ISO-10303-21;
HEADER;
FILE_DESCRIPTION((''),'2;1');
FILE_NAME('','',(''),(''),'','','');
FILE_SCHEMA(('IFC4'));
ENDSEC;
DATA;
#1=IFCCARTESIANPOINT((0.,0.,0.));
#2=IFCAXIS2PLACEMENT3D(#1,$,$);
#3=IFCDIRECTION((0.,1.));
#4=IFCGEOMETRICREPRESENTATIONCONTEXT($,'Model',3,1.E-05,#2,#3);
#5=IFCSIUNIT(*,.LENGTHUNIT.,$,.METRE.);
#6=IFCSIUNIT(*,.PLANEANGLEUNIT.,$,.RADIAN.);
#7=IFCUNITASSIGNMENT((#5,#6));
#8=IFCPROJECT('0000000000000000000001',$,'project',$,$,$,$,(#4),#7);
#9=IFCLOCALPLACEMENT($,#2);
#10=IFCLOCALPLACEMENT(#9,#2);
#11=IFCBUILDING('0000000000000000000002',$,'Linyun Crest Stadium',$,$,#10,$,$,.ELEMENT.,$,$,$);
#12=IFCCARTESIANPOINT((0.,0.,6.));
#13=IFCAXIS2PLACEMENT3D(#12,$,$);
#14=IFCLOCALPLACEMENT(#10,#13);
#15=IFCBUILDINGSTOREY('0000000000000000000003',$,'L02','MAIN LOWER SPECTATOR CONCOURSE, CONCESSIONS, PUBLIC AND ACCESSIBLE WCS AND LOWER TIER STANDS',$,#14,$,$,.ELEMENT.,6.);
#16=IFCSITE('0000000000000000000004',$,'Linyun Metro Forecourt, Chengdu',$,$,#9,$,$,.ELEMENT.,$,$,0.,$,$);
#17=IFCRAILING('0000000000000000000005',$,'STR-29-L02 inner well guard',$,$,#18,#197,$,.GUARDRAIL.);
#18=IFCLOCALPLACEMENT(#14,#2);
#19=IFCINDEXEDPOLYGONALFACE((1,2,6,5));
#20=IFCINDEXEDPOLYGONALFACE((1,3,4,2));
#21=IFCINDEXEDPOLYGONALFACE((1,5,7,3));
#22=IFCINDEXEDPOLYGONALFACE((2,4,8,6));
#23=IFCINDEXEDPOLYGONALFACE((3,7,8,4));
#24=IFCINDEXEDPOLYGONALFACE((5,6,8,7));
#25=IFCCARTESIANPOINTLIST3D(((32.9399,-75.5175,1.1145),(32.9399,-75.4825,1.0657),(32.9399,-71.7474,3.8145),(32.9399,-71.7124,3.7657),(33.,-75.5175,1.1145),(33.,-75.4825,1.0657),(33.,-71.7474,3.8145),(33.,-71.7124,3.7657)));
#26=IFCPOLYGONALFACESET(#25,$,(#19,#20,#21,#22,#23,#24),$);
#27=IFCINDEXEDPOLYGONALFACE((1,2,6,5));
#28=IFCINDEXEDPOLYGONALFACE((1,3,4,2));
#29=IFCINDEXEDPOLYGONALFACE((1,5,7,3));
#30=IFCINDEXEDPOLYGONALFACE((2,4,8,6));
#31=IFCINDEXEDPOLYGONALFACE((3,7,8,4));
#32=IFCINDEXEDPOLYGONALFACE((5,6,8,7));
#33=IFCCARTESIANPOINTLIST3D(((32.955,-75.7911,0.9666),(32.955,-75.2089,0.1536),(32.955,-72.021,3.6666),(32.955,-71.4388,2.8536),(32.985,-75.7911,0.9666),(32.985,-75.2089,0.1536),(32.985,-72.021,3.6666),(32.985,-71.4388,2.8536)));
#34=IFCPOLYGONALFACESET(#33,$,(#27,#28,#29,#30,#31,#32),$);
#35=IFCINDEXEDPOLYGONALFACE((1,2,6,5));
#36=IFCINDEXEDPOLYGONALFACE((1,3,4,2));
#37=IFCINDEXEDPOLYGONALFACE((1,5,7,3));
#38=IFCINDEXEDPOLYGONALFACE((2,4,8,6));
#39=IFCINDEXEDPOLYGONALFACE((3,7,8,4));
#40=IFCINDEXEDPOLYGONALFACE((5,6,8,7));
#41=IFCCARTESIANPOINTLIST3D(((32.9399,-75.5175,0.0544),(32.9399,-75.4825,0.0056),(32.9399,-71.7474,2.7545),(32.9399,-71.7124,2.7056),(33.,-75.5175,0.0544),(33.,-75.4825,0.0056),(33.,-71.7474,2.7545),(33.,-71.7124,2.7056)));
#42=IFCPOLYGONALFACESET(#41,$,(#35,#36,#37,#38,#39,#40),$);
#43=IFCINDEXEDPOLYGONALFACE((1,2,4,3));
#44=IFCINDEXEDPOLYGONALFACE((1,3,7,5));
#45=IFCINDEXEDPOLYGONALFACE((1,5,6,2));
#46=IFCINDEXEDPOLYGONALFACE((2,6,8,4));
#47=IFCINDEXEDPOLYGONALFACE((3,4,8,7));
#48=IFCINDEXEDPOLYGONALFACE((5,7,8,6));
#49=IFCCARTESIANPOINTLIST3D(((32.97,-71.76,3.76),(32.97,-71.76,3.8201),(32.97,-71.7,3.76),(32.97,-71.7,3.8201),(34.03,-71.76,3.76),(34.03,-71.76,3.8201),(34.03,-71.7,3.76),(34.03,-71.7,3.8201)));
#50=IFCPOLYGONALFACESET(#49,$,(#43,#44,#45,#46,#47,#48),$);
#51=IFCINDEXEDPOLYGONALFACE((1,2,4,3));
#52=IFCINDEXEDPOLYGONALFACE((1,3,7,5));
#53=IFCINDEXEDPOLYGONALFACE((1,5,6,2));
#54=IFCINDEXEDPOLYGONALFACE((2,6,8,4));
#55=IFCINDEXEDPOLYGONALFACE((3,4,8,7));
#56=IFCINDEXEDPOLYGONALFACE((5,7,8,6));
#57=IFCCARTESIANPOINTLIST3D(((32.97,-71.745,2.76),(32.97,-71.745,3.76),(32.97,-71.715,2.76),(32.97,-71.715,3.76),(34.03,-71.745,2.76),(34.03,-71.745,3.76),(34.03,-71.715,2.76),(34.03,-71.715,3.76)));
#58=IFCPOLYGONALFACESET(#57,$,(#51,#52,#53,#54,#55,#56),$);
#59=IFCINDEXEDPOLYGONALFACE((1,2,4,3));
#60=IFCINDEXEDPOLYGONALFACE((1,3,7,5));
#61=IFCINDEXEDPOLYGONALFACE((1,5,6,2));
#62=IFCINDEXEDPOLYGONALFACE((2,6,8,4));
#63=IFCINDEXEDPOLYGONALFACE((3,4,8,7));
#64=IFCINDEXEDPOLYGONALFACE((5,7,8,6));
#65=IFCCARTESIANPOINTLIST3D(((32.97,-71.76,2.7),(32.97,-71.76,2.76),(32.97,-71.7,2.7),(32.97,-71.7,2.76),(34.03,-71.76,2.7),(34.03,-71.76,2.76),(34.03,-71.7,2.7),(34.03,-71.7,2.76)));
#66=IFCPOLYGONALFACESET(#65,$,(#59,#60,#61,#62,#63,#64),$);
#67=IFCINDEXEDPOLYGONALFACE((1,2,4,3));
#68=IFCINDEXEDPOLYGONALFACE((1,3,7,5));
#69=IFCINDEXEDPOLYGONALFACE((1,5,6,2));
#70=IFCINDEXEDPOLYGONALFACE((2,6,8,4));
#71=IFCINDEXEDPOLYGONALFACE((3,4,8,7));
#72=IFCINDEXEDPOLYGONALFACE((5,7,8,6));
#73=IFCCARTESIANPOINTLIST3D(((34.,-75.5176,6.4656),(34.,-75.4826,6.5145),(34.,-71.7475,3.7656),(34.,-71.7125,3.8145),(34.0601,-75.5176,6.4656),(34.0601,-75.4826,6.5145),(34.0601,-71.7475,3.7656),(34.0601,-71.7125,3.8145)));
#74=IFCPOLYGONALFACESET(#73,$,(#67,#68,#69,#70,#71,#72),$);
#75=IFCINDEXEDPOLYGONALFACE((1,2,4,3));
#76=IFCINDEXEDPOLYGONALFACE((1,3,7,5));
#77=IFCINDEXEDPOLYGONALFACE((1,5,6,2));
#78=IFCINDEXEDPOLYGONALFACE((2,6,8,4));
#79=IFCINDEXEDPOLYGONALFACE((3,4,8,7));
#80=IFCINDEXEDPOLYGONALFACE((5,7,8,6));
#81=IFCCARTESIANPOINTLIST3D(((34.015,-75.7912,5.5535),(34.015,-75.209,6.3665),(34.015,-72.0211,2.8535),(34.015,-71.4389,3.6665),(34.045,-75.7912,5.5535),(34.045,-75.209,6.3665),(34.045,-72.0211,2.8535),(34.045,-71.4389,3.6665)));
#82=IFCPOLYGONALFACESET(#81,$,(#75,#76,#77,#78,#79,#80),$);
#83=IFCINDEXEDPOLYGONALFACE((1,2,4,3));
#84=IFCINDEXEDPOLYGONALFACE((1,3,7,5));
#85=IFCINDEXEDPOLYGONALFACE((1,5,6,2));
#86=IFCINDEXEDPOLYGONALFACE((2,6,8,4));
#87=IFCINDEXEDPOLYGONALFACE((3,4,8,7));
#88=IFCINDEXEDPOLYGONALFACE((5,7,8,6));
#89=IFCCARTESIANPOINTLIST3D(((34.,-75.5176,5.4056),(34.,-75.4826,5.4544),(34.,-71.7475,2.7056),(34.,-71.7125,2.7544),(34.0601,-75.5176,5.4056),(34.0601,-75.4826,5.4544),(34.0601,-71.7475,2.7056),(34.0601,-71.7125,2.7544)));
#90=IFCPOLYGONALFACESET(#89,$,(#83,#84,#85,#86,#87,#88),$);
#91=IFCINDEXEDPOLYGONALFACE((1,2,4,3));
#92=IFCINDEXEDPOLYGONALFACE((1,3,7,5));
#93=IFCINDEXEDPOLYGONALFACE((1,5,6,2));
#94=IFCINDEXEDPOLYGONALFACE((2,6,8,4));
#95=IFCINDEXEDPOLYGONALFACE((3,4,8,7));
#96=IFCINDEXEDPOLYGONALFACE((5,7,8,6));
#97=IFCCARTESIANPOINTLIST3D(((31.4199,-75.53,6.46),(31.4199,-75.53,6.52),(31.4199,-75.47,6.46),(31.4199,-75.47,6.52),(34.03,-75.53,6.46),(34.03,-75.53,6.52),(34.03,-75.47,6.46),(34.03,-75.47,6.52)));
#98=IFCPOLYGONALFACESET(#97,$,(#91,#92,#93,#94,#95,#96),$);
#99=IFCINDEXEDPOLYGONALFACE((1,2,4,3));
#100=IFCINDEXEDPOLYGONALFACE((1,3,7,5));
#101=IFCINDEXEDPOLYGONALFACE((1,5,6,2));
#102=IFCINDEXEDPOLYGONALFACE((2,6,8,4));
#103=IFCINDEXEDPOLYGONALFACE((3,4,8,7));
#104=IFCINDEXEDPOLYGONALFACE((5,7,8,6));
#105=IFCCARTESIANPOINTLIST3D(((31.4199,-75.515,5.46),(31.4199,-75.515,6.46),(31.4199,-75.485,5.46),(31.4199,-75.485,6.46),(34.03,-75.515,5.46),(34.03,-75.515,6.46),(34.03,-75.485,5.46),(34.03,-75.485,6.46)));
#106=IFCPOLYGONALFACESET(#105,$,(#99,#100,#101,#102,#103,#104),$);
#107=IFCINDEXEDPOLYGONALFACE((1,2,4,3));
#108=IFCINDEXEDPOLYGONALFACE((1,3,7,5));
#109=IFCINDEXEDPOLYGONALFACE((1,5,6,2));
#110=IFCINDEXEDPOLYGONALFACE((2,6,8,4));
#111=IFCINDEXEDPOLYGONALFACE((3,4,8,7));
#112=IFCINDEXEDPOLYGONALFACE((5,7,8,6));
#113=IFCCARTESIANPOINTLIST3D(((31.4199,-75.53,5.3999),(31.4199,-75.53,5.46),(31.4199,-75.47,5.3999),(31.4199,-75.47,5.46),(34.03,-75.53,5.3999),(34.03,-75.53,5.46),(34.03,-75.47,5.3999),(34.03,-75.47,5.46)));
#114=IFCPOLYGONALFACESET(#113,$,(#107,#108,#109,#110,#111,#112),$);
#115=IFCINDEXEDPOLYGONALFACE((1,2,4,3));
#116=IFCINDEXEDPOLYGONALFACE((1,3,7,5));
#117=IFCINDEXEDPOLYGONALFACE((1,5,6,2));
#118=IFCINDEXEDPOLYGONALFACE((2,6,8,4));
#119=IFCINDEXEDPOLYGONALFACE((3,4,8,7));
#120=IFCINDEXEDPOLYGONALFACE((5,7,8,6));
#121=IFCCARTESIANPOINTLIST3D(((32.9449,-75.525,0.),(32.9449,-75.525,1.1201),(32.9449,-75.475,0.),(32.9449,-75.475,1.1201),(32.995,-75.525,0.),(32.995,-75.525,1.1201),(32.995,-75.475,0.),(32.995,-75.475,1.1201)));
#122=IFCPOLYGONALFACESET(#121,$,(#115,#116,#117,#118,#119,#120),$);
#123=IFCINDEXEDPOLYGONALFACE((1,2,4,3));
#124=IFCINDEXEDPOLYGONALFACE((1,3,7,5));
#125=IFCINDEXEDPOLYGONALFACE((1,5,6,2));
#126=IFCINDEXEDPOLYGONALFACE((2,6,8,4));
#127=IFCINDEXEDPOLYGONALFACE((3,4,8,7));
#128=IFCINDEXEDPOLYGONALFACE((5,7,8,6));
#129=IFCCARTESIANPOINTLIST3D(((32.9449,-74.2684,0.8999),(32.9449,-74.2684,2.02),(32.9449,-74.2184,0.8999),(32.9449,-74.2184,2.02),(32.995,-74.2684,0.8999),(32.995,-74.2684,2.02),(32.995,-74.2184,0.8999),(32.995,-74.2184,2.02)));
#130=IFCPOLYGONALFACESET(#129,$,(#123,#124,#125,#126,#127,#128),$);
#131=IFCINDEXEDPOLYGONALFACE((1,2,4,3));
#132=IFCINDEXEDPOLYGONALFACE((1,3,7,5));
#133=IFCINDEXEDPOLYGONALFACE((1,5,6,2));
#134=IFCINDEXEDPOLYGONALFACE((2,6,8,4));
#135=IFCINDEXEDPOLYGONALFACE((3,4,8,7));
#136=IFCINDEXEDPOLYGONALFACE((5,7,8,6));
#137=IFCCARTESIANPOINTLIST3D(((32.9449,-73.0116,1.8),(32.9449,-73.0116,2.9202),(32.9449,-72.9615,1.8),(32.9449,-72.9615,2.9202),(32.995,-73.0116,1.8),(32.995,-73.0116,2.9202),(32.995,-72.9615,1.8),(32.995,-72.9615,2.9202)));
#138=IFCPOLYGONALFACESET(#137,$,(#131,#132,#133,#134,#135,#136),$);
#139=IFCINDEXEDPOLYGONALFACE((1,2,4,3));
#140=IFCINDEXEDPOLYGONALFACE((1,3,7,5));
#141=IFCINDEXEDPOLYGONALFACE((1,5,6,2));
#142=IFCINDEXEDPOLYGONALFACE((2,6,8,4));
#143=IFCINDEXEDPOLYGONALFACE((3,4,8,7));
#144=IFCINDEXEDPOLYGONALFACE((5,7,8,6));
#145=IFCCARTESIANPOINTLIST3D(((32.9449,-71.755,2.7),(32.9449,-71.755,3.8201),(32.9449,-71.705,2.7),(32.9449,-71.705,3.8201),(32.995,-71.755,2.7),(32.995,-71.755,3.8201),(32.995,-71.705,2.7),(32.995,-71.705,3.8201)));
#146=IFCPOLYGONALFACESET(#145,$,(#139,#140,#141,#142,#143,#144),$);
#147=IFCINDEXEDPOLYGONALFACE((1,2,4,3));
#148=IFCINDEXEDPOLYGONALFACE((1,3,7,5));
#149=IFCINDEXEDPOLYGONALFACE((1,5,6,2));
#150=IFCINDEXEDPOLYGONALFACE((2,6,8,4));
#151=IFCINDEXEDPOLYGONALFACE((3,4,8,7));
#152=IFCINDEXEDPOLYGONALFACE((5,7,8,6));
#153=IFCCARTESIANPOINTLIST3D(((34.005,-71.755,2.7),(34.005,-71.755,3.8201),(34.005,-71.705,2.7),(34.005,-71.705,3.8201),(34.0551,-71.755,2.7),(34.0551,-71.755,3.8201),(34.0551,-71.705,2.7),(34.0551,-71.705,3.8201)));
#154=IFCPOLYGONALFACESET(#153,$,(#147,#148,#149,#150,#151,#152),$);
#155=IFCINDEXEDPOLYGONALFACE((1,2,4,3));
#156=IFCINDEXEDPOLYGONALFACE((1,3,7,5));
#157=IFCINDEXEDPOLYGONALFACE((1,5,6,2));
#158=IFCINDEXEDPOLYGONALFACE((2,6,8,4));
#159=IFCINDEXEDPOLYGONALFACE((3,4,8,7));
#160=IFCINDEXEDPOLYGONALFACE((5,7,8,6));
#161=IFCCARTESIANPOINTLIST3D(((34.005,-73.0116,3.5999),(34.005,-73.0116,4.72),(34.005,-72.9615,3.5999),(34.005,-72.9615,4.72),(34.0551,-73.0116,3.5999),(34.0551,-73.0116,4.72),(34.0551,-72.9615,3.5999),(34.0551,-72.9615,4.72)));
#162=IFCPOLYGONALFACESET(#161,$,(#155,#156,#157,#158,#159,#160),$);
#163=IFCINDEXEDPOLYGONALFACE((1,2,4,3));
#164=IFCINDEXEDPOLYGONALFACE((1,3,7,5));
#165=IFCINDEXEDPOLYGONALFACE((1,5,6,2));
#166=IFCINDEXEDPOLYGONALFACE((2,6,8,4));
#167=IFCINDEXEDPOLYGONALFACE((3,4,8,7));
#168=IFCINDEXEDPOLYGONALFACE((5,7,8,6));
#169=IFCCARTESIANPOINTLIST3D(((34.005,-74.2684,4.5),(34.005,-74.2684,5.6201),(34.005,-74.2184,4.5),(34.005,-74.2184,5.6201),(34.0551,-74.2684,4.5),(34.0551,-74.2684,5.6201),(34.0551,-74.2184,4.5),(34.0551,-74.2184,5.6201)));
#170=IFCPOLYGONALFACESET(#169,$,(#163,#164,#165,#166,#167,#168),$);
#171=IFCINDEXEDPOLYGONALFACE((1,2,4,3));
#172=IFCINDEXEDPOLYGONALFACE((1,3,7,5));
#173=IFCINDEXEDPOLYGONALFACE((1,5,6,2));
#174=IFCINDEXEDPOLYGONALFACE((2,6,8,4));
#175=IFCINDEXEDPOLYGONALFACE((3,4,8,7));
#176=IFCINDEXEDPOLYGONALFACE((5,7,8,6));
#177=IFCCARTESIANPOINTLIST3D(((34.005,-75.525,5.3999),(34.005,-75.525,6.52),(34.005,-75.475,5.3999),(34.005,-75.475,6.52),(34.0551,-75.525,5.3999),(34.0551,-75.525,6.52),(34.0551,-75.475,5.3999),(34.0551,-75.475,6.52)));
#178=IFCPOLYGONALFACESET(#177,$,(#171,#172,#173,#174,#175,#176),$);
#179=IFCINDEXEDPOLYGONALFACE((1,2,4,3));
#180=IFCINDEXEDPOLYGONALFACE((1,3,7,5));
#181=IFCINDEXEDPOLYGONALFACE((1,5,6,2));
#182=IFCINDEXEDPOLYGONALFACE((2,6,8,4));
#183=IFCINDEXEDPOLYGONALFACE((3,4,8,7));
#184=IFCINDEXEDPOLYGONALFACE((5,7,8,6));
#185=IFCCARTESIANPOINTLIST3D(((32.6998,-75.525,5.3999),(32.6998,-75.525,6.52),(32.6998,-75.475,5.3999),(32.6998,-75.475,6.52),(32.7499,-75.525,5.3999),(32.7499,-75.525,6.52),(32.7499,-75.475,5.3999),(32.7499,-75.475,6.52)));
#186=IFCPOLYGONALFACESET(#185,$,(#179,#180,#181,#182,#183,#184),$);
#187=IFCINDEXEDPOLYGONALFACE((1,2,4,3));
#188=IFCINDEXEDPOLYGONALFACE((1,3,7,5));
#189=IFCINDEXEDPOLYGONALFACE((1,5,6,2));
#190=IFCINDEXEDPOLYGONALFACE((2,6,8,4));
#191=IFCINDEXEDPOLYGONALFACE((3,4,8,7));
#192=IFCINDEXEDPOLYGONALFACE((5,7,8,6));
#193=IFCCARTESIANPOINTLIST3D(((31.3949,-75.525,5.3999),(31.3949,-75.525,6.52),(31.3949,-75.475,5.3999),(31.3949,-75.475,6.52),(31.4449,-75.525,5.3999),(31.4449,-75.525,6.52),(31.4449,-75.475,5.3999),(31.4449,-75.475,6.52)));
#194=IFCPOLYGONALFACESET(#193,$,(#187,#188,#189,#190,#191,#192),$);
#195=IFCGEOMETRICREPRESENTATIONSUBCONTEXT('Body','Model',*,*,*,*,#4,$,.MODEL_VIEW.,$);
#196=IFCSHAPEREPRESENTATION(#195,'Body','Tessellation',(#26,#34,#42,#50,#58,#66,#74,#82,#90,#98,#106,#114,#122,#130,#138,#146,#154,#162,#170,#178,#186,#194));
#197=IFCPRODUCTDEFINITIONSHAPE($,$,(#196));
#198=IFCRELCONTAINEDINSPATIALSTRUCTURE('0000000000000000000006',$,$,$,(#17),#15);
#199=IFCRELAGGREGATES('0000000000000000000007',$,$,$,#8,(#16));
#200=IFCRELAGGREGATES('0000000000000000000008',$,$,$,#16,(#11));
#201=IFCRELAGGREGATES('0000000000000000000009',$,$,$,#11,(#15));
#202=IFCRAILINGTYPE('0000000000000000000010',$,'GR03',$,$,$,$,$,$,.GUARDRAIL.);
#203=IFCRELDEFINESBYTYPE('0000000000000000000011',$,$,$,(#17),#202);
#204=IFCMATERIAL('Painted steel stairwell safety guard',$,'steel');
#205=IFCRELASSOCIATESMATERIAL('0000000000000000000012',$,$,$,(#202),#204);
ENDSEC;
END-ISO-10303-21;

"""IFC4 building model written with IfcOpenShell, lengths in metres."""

from ifc_helpers import new_model, si_unit, direction, frame, origin, origin_2d, place, context, subcontext, project, spatial, rectangle, extrude, material, type_object, element, save


model = new_model("IFC4")

# Units and contexts
model_context = context("Model", 3, precision=1e-05, world=origin(), true_north=direction((0.0, 1.0)))
body_context = subcontext(model_context, "Body", "Model", "MODEL_VIEW")
ifc_project = project(units=[si_unit("LENGTHUNIT", "METRE"), si_unit("PLANEANGLEUNIT", "RADIAN")], contexts=[model_context])

# Site, building, storey
site_placement = place(None, origin())
site = spatial("IfcSite", under=ifc_project, at=site_placement, Name="Linyun Metro Forecourt, Chengdu", CompositionType="ELEMENT", RefElevation=0.0)
building_placement = place(site_placement, origin())
building = spatial("IfcBuilding", under=site, at=building_placement, Name="Linyun Crest Stadium", CompositionType="ELEMENT")
storey_placement = place(building_placement, frame((0.0, 0.0, 6.0)))
storey = spatial("IfcBuildingStorey", under=building, at=storey_placement, Name="L02", Description="MAIN LOWER SPECTATOR CONCOURSE, CONCESSIONS, PUBLIC AND ACCESSIBLE WCS AND LOWER TIER STANDS", CompositionType="ELEMENT", Elevation=6.0)

# Railing
ifc_material_1 = material(Name="Painted steel stairwell safety guard", Category="steel")
railing_type_1 = type_object("IfcRailingType", Name="GR03", PredefinedType="GUARDRAIL", material=ifc_material_1)
railing_1_placement = place(storey_placement, frame((32.97, -75.5, 0.0)))
element("IfcRailing", 1, at=railing_1_placement, inside=storey, type_object=railing_type_1, Name="STR-29-L02 inner well guard", PredefinedType="GUARDRAIL", context=body_context, shape_type="SweptSolid", body=[
    extrude(rectangle(XDim=0.0601, YDim=0.0601, at=origin_2d()), frame((0.0, 0.0, 1.0901), z_axis=(0.0, 0.813011, 0.582249), x_axis=(-1.0, 0.0, 0.0)), (0.0, 0.0, 1.0), 4.6372),
    extrude(rectangle(XDim=0.03, YDim=1.0, at=origin_2d()), frame((0.0, 0.0, 0.5601), z_axis=(0.0, 0.813011, 0.582249), x_axis=(-1.0, 0.0, 0.0)), (0.0, 0.0, 1.0), 4.6372),
    extrude(rectangle(XDim=0.0601, YDim=0.0601, at=origin_2d()), frame((0.0, 0.0, 0.03), z_axis=(0.0, 0.813011, 0.582249), x_axis=(-1.0, 0.0, 0.0)), (0.0, 0.0, 1.0), 4.6372),
    extrude(rectangle(XDim=0.0601, YDim=0.0601, at=origin_2d()), frame((0.0, 3.77, 3.79), z_axis=(1.0, 0.0, 0.0), x_axis=(0.0, 1.0, 0.0)), (0.0, 0.0, 1.0), 1.0601),
    extrude(rectangle(XDim=0.03, YDim=1.0, at=origin_2d()), frame((0.0, 3.77, 3.26), z_axis=(1.0, 0.0, 0.0), x_axis=(0.0, 1.0, 0.0)), (0.0, 0.0, 1.0), 1.0601),
    extrude(rectangle(XDim=0.0601, YDim=0.0601, at=origin_2d()), frame((0.0, 3.77, 2.73), z_axis=(1.0, 0.0, 0.0), x_axis=(0.0, 1.0, 0.0)), (0.0, 0.0, 1.0), 1.0601),
    extrude(rectangle(XDim=0.0601, YDim=0.0601, at=origin_2d()), frame((1.0601, 3.77, 3.79), z_axis=(0.0, -0.813011, 0.582249), x_axis=(1.0, 0.0, 0.0)), (0.0, 0.0, 1.0), 4.6372),
    extrude(rectangle(XDim=0.03, YDim=1.0, at=origin_2d()), frame((1.0601, 3.77, 3.26), z_axis=(0.0, -0.813011, 0.582249), x_axis=(1.0, 0.0, 0.0)), (0.0, 0.0, 1.0), 4.6372),
    extrude(rectangle(XDim=0.0601, YDim=0.0601, at=origin_2d()), frame((1.0601, 3.77, 2.73), z_axis=(0.0, -0.813011, 0.582249), x_axis=(1.0, 0.0, 0.0)), (0.0, 0.0, 1.0), 4.6372),
    extrude(rectangle(XDim=0.0601, YDim=0.0601, at=origin_2d()), frame((1.0601, 0.0, 6.49), z_axis=(-1.0, 0.0, 0.0), x_axis=(0.0, -1.0, 0.0)), (0.0, 0.0, 1.0), 2.6101),
    extrude(rectangle(XDim=0.03, YDim=1.0, at=origin_2d()), frame((1.0601, 0.0, 5.96), z_axis=(-1.0, 0.0, 0.0), x_axis=(0.0, -1.0, 0.0)), (0.0, 0.0, 1.0), 2.6101),
    extrude(rectangle(XDim=0.0601, YDim=0.0601, at=origin_2d()), frame((1.0601, 0.0, 5.4299), z_axis=(-1.0, 0.0, 0.0), x_axis=(0.0, -1.0, 0.0)), (0.0, 0.0, 1.0), 2.6101),
    extrude(rectangle(XDim=0.05, YDim=0.05, at=origin_2d()), origin(), (0.0, 0.0, 1.0), 1.1201),
    extrude(rectangle(XDim=0.05, YDim=0.05, at=origin_2d()), frame((0.0, 1.2566, 0.8999)), (0.0, 0.0, 1.0), 1.1201),
    extrude(rectangle(XDim=0.05, YDim=0.05, at=origin_2d()), frame((0.0, 2.5134, 1.8)), (0.0, 0.0, 1.0), 1.1201),
    extrude(rectangle(XDim=0.05, YDim=0.05, at=origin_2d()), frame((0.0, 3.77, 2.7)), (0.0, 0.0, 1.0), 1.1201),
    extrude(rectangle(XDim=0.05, YDim=0.05, at=origin_2d()), frame((1.0601, 3.77, 2.7)), (0.0, 0.0, 1.0), 1.1201),
    extrude(rectangle(XDim=0.05, YDim=0.05, at=origin_2d()), frame((1.0601, 2.5134, 3.5999)), (0.0, 0.0, 1.0), 1.1201),
    extrude(rectangle(XDim=0.05, YDim=0.05, at=origin_2d()), frame((1.0601, 1.2566, 4.5)), (0.0, 0.0, 1.0), 1.1201),
    extrude(rectangle(XDim=0.05, YDim=0.05, at=origin_2d()), frame((1.0601, 0.0, 5.3999)), (0.0, 0.0, 1.0), 1.1201),
    extrude(rectangle(XDim=0.05, YDim=0.05, at=origin_2d()), frame((-0.2451, 0.0, 5.3999)), (0.0, 0.0, 1.0), 1.1201),
    extrude(rectangle(XDim=0.05, YDim=0.05, at=origin_2d()), frame((-1.55, 0.0, 5.3999)), (0.0, 0.0, 1.0), 1.1201),
])

save(model, "model.ifc")
